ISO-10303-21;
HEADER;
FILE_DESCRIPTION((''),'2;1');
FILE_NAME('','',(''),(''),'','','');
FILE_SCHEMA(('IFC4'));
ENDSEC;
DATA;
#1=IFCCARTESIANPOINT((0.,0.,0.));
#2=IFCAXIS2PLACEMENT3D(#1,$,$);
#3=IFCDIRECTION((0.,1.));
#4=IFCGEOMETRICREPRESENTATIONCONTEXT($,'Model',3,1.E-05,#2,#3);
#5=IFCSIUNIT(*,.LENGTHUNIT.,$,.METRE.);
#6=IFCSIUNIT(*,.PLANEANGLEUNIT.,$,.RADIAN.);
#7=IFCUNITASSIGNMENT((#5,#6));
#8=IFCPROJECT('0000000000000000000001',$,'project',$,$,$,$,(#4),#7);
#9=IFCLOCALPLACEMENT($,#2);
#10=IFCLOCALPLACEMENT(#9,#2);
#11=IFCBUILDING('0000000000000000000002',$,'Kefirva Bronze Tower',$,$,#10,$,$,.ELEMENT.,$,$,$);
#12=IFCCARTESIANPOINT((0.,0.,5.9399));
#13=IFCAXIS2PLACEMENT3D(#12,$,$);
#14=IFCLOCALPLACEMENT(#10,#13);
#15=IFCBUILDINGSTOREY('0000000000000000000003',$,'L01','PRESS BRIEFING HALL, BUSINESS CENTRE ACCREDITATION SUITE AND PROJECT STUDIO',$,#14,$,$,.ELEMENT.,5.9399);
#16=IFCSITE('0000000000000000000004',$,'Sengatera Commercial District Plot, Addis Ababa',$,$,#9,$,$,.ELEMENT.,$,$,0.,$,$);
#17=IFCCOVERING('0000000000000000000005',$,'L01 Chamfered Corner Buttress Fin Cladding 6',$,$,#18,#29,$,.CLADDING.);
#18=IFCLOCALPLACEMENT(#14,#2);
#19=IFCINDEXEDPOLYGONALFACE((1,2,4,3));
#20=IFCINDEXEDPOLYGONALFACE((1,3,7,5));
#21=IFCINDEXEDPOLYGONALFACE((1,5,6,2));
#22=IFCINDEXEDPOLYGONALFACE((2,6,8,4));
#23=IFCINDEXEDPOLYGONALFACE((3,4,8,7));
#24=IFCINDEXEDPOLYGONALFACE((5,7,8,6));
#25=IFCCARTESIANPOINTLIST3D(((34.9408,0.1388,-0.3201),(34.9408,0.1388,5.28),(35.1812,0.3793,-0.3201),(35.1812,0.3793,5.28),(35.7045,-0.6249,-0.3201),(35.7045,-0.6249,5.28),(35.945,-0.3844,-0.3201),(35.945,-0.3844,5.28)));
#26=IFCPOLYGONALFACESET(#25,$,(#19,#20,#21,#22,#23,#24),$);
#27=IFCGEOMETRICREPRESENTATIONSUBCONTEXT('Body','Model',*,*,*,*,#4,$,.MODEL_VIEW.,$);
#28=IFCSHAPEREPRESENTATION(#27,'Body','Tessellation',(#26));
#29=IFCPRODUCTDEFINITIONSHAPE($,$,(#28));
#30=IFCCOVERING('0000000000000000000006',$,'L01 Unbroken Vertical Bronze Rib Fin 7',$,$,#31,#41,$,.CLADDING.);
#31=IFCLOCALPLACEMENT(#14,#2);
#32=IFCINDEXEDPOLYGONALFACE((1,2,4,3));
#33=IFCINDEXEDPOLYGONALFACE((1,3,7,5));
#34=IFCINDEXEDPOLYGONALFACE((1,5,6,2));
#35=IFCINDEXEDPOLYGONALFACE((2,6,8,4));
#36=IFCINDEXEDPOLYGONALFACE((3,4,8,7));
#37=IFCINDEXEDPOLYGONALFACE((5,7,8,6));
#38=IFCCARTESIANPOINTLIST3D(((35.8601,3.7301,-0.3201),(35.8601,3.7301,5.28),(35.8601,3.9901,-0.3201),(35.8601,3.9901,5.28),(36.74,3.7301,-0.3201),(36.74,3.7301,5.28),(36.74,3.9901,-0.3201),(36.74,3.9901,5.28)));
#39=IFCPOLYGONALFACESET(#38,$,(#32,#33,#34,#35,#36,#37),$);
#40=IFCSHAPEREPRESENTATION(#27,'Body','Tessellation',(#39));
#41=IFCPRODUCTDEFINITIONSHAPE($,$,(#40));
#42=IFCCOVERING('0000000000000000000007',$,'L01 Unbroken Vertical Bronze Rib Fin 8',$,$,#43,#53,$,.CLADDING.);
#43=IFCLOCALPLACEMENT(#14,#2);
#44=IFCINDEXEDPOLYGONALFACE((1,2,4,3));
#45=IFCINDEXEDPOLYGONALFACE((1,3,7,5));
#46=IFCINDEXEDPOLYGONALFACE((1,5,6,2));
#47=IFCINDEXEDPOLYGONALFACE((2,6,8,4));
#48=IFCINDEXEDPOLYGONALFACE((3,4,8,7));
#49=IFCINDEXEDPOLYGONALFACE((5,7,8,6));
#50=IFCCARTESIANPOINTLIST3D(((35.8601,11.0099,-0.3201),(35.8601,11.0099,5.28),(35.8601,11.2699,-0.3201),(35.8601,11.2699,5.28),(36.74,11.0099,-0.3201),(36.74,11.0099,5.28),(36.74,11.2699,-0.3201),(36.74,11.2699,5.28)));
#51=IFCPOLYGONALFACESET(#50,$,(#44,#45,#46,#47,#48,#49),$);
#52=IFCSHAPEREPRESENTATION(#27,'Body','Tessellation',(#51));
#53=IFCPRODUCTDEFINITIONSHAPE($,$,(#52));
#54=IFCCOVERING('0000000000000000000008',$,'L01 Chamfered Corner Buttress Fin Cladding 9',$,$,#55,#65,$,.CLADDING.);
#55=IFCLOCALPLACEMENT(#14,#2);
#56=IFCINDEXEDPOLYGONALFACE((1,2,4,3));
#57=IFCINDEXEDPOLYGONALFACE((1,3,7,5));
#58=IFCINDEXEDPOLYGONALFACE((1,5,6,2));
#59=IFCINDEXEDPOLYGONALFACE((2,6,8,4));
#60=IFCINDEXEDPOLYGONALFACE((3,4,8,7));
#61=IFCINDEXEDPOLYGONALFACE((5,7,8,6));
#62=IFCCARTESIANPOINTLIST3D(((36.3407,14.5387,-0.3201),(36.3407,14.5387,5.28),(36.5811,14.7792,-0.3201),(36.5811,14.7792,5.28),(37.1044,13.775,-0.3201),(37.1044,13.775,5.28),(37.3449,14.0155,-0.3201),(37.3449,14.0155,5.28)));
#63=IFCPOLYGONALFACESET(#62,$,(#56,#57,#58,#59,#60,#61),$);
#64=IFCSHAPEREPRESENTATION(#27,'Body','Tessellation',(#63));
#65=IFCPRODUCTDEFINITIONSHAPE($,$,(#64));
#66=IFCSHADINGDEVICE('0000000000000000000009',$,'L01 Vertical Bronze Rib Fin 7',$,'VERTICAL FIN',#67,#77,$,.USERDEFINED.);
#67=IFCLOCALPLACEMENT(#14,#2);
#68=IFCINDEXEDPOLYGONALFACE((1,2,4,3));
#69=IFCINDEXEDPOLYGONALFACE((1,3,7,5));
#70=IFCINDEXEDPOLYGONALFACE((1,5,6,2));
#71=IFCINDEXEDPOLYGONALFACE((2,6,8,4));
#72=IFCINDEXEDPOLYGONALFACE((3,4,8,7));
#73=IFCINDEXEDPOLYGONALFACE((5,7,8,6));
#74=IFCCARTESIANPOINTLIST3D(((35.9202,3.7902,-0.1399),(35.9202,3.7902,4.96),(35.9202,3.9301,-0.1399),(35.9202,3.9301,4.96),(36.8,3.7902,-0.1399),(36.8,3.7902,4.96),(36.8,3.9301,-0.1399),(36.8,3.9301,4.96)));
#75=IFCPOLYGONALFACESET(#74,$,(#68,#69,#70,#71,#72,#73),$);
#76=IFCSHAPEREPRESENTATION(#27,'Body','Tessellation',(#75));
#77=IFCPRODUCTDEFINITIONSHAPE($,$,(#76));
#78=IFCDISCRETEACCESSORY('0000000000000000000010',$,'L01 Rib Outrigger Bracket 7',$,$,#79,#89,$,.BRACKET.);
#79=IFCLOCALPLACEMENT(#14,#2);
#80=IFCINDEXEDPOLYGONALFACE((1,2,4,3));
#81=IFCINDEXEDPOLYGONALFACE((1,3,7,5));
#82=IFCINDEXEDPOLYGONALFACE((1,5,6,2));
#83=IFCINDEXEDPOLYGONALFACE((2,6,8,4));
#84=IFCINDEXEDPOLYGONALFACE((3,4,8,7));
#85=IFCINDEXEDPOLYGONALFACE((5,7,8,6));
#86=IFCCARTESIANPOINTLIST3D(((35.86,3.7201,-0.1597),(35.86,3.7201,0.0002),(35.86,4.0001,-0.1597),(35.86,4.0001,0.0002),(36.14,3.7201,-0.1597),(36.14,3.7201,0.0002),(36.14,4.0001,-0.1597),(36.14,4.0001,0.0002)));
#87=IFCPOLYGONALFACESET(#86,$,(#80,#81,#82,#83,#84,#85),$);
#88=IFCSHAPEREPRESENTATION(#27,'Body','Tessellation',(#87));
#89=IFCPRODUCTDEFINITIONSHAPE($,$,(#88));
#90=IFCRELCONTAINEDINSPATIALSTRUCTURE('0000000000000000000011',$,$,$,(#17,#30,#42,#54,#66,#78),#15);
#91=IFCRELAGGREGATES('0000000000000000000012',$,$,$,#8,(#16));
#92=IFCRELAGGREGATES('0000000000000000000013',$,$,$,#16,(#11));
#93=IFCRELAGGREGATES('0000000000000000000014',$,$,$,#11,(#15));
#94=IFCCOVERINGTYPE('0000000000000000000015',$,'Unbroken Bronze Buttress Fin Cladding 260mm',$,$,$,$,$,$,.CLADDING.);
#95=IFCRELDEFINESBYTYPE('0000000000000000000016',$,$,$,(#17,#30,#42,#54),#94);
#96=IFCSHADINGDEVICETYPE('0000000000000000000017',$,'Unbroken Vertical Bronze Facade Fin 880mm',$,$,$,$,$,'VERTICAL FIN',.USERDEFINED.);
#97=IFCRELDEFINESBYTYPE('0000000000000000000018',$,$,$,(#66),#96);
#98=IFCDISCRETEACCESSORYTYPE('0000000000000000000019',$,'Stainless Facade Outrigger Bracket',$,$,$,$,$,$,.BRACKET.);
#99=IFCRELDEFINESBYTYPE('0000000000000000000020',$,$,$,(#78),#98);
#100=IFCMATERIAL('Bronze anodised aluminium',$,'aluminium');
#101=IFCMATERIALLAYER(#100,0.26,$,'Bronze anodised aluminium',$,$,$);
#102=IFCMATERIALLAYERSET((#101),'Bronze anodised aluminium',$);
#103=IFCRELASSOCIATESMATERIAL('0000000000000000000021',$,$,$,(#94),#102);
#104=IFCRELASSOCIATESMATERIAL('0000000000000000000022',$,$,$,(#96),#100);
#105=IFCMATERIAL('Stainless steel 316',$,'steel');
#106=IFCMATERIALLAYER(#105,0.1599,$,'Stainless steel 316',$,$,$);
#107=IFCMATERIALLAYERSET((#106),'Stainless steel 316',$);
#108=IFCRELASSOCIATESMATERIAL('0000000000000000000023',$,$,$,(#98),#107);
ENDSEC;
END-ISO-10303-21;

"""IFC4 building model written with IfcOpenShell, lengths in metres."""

from ifc_helpers import new_model, si_unit, direction, frame, origin, origin_2d, place, context, subcontext, project, spatial, rectangle, extrude, material, layer, layer_set, material_profile, profile_set, type_object, element, save


model = new_model("IFC4")

# Units and contexts
model_context = context("Model", 3, precision=1e-05, world=origin(), true_north=direction((0.0, 1.0)))
body_context = subcontext(model_context, "Body", "Model", "MODEL_VIEW")
ifc_project = project(units=[si_unit("LENGTHUNIT", "METRE"), si_unit("PLANEANGLEUNIT", "RADIAN")], contexts=[model_context])

# Site, building, storey
site_placement = place(None, origin())
site = spatial("IfcSite", under=ifc_project, at=site_placement, Name="Sengatera Commercial District Plot, Addis Ababa", CompositionType="ELEMENT", RefElevation=0.0)
building_placement = place(site_placement, origin())
building = spatial("IfcBuilding", under=site, at=building_placement, Name="Kefirva Bronze Tower", CompositionType="ELEMENT")
storey_placement = place(building_placement, frame((0.0, 0.0, 5.9399)))
storey = spatial("IfcBuildingStorey", under=building, at=storey_placement, Name="L01", Description="PRESS BRIEFING HALL, BUSINESS CENTRE ACCREDITATION SUITE AND PROJECT STUDIO", CompositionType="ELEMENT", Elevation=5.9399)

# Shared definitions
ifc_material_1 = material(Name="Bronze anodised aluminium", Category="aluminium")

# Coverings
ifc_layer_1 = layer(ifc_material_1, 0.26, Name="Bronze anodised aluminium")
ifc_layer_set_1 = layer_set([ifc_layer_1], Name="Bronze anodised aluminium")
covering_type_1 = type_object("IfcCoveringType", Name="Unbroken Bronze Buttress Fin Cladding 260mm", PredefinedType="CLADDING", material=ifc_layer_set_1)
covering_1_placement = place(storey_placement, frame((35.4429, -0.1228, -0.3201), z_axis=(0.0, 0.0, 1.0), x_axis=(0.707107, 0.707107, 0.0)))
element("IfcCovering", 1, at=covering_1_placement, inside=storey, type_object=covering_type_1, Name="L01 Chamfered Corner Buttress Fin Cladding 6", PredefinedType="CLADDING", context=body_context, shape_type="SweptSolid", body=[
    extrude(rectangle(XDim=0.3401, YDim=1.0801, at=origin_2d()), origin(), (0.0, 0.0, 1.0), 5.6001),
])
for number, where, z_axis, x_axis, name in (
    (2, (36.3, 3.8601, -0.3201), (0.0, 0.0, 1.0), (0.0, 1.0, 0.0), "L01 Unbroken Vertical Bronze Rib Fin 7"),
    (3, (36.3, 11.1399, -0.3201), (0.0, 0.0, 1.0), (0.0, 1.0, 0.0), "L01 Unbroken Vertical Bronze Rib Fin 8"),
):
    element("IfcCovering", number, at=place(storey_placement, frame(where, z_axis=z_axis, x_axis=x_axis)), inside=storey, type_object=covering_type_1, Name=name, PredefinedType="CLADDING", context=body_context, shape_type="SweptSolid", body=[
        extrude(rectangle(XDim=0.26, YDim=0.8799, at=origin_2d()), origin(), (0.0, 0.0, 1.0), 5.6001),
    ])
covering_2_placement = place(storey_placement, frame((36.8428, 14.2771, -0.3201), z_axis=(0.0, 0.0, 1.0), x_axis=(0.707107, 0.707107, 0.0)))
element("IfcCovering", 4, at=covering_2_placement, inside=storey, type_object=covering_type_1, Name="L01 Chamfered Corner Buttress Fin Cladding 9", PredefinedType="CLADDING", context=body_context, shape_type="SweptSolid", body=[
    extrude(rectangle(XDim=0.3401, YDim=1.0801, at=origin_2d()), origin(), (0.0, 0.0, 1.0), 5.6001),
])

# Shading device
ifc_material_profile_1 = material_profile(ifc_material_1, rectangle(XDim=0.1399, YDim=0.8799, at=origin_2d()), Name="BRONZE FIN 140x880")
ifc_profile_set_1 = profile_set([ifc_material_profile_1], Name="Bronze anodised aluminium")
shading_device_type_1 = type_object("IfcShadingDeviceType", Name="Unbroken Vertical Bronze Facade Fin 880mm", ElementType="VERTICAL FIN", PredefinedType="USERDEFINED", material=ifc_profile_set_1)
shading_device_1_placement = place(storey_placement, frame((36.3601, 3.8601, -0.1399), z_axis=(0.0, 0.0, 1.0), x_axis=(0.0, 1.0, 0.0)))
element("IfcShadingDevice", 5, at=shading_device_1_placement, inside=storey, type_object=shading_device_type_1, Name="L01 Vertical Bronze Rib Fin 7", ObjectType="VERTICAL FIN", PredefinedType="USERDEFINED", context=body_context, shape_type="SweptSolid", body=[
    extrude(rectangle(XDim=0.1399, YDim=0.8799, at=origin_2d()), origin(), (0.0, 0.0, 1.0), 5.0999),
])

# Discrete accessory
ifc_material_2 = material(Name="Stainless steel 316", Category="steel")
ifc_layer_2 = layer(ifc_material_2, 0.1599, Name="Stainless steel 316")
ifc_layer_set_2 = layer_set([ifc_layer_2], Name="Stainless steel 316")
discrete_accessory_type = type_object("IfcDiscreteAccessoryType", Name="Stainless Facade Outrigger Bracket", PredefinedType="BRACKET", material=ifc_layer_set_2)
discrete_accessory_placement = place(storey_placement, frame((36.0, 3.8601, -0.1597), z_axis=(0.0, 0.0, 1.0), x_axis=(0.0, 1.0, 0.0)))
element("IfcDiscreteAccessory", 6, at=discrete_accessory_placement, inside=storey, type_object=discrete_accessory_type, Name="L01 Rib Outrigger Bracket 7", PredefinedType="BRACKET", context=body_context, shape_type="SweptSolid", body=[
    extrude(rectangle(XDim=0.28, YDim=0.28, at=origin_2d()), origin(), (0.0, 0.0, 1.0), 0.1599),
])

save(model, "model.ifc")
